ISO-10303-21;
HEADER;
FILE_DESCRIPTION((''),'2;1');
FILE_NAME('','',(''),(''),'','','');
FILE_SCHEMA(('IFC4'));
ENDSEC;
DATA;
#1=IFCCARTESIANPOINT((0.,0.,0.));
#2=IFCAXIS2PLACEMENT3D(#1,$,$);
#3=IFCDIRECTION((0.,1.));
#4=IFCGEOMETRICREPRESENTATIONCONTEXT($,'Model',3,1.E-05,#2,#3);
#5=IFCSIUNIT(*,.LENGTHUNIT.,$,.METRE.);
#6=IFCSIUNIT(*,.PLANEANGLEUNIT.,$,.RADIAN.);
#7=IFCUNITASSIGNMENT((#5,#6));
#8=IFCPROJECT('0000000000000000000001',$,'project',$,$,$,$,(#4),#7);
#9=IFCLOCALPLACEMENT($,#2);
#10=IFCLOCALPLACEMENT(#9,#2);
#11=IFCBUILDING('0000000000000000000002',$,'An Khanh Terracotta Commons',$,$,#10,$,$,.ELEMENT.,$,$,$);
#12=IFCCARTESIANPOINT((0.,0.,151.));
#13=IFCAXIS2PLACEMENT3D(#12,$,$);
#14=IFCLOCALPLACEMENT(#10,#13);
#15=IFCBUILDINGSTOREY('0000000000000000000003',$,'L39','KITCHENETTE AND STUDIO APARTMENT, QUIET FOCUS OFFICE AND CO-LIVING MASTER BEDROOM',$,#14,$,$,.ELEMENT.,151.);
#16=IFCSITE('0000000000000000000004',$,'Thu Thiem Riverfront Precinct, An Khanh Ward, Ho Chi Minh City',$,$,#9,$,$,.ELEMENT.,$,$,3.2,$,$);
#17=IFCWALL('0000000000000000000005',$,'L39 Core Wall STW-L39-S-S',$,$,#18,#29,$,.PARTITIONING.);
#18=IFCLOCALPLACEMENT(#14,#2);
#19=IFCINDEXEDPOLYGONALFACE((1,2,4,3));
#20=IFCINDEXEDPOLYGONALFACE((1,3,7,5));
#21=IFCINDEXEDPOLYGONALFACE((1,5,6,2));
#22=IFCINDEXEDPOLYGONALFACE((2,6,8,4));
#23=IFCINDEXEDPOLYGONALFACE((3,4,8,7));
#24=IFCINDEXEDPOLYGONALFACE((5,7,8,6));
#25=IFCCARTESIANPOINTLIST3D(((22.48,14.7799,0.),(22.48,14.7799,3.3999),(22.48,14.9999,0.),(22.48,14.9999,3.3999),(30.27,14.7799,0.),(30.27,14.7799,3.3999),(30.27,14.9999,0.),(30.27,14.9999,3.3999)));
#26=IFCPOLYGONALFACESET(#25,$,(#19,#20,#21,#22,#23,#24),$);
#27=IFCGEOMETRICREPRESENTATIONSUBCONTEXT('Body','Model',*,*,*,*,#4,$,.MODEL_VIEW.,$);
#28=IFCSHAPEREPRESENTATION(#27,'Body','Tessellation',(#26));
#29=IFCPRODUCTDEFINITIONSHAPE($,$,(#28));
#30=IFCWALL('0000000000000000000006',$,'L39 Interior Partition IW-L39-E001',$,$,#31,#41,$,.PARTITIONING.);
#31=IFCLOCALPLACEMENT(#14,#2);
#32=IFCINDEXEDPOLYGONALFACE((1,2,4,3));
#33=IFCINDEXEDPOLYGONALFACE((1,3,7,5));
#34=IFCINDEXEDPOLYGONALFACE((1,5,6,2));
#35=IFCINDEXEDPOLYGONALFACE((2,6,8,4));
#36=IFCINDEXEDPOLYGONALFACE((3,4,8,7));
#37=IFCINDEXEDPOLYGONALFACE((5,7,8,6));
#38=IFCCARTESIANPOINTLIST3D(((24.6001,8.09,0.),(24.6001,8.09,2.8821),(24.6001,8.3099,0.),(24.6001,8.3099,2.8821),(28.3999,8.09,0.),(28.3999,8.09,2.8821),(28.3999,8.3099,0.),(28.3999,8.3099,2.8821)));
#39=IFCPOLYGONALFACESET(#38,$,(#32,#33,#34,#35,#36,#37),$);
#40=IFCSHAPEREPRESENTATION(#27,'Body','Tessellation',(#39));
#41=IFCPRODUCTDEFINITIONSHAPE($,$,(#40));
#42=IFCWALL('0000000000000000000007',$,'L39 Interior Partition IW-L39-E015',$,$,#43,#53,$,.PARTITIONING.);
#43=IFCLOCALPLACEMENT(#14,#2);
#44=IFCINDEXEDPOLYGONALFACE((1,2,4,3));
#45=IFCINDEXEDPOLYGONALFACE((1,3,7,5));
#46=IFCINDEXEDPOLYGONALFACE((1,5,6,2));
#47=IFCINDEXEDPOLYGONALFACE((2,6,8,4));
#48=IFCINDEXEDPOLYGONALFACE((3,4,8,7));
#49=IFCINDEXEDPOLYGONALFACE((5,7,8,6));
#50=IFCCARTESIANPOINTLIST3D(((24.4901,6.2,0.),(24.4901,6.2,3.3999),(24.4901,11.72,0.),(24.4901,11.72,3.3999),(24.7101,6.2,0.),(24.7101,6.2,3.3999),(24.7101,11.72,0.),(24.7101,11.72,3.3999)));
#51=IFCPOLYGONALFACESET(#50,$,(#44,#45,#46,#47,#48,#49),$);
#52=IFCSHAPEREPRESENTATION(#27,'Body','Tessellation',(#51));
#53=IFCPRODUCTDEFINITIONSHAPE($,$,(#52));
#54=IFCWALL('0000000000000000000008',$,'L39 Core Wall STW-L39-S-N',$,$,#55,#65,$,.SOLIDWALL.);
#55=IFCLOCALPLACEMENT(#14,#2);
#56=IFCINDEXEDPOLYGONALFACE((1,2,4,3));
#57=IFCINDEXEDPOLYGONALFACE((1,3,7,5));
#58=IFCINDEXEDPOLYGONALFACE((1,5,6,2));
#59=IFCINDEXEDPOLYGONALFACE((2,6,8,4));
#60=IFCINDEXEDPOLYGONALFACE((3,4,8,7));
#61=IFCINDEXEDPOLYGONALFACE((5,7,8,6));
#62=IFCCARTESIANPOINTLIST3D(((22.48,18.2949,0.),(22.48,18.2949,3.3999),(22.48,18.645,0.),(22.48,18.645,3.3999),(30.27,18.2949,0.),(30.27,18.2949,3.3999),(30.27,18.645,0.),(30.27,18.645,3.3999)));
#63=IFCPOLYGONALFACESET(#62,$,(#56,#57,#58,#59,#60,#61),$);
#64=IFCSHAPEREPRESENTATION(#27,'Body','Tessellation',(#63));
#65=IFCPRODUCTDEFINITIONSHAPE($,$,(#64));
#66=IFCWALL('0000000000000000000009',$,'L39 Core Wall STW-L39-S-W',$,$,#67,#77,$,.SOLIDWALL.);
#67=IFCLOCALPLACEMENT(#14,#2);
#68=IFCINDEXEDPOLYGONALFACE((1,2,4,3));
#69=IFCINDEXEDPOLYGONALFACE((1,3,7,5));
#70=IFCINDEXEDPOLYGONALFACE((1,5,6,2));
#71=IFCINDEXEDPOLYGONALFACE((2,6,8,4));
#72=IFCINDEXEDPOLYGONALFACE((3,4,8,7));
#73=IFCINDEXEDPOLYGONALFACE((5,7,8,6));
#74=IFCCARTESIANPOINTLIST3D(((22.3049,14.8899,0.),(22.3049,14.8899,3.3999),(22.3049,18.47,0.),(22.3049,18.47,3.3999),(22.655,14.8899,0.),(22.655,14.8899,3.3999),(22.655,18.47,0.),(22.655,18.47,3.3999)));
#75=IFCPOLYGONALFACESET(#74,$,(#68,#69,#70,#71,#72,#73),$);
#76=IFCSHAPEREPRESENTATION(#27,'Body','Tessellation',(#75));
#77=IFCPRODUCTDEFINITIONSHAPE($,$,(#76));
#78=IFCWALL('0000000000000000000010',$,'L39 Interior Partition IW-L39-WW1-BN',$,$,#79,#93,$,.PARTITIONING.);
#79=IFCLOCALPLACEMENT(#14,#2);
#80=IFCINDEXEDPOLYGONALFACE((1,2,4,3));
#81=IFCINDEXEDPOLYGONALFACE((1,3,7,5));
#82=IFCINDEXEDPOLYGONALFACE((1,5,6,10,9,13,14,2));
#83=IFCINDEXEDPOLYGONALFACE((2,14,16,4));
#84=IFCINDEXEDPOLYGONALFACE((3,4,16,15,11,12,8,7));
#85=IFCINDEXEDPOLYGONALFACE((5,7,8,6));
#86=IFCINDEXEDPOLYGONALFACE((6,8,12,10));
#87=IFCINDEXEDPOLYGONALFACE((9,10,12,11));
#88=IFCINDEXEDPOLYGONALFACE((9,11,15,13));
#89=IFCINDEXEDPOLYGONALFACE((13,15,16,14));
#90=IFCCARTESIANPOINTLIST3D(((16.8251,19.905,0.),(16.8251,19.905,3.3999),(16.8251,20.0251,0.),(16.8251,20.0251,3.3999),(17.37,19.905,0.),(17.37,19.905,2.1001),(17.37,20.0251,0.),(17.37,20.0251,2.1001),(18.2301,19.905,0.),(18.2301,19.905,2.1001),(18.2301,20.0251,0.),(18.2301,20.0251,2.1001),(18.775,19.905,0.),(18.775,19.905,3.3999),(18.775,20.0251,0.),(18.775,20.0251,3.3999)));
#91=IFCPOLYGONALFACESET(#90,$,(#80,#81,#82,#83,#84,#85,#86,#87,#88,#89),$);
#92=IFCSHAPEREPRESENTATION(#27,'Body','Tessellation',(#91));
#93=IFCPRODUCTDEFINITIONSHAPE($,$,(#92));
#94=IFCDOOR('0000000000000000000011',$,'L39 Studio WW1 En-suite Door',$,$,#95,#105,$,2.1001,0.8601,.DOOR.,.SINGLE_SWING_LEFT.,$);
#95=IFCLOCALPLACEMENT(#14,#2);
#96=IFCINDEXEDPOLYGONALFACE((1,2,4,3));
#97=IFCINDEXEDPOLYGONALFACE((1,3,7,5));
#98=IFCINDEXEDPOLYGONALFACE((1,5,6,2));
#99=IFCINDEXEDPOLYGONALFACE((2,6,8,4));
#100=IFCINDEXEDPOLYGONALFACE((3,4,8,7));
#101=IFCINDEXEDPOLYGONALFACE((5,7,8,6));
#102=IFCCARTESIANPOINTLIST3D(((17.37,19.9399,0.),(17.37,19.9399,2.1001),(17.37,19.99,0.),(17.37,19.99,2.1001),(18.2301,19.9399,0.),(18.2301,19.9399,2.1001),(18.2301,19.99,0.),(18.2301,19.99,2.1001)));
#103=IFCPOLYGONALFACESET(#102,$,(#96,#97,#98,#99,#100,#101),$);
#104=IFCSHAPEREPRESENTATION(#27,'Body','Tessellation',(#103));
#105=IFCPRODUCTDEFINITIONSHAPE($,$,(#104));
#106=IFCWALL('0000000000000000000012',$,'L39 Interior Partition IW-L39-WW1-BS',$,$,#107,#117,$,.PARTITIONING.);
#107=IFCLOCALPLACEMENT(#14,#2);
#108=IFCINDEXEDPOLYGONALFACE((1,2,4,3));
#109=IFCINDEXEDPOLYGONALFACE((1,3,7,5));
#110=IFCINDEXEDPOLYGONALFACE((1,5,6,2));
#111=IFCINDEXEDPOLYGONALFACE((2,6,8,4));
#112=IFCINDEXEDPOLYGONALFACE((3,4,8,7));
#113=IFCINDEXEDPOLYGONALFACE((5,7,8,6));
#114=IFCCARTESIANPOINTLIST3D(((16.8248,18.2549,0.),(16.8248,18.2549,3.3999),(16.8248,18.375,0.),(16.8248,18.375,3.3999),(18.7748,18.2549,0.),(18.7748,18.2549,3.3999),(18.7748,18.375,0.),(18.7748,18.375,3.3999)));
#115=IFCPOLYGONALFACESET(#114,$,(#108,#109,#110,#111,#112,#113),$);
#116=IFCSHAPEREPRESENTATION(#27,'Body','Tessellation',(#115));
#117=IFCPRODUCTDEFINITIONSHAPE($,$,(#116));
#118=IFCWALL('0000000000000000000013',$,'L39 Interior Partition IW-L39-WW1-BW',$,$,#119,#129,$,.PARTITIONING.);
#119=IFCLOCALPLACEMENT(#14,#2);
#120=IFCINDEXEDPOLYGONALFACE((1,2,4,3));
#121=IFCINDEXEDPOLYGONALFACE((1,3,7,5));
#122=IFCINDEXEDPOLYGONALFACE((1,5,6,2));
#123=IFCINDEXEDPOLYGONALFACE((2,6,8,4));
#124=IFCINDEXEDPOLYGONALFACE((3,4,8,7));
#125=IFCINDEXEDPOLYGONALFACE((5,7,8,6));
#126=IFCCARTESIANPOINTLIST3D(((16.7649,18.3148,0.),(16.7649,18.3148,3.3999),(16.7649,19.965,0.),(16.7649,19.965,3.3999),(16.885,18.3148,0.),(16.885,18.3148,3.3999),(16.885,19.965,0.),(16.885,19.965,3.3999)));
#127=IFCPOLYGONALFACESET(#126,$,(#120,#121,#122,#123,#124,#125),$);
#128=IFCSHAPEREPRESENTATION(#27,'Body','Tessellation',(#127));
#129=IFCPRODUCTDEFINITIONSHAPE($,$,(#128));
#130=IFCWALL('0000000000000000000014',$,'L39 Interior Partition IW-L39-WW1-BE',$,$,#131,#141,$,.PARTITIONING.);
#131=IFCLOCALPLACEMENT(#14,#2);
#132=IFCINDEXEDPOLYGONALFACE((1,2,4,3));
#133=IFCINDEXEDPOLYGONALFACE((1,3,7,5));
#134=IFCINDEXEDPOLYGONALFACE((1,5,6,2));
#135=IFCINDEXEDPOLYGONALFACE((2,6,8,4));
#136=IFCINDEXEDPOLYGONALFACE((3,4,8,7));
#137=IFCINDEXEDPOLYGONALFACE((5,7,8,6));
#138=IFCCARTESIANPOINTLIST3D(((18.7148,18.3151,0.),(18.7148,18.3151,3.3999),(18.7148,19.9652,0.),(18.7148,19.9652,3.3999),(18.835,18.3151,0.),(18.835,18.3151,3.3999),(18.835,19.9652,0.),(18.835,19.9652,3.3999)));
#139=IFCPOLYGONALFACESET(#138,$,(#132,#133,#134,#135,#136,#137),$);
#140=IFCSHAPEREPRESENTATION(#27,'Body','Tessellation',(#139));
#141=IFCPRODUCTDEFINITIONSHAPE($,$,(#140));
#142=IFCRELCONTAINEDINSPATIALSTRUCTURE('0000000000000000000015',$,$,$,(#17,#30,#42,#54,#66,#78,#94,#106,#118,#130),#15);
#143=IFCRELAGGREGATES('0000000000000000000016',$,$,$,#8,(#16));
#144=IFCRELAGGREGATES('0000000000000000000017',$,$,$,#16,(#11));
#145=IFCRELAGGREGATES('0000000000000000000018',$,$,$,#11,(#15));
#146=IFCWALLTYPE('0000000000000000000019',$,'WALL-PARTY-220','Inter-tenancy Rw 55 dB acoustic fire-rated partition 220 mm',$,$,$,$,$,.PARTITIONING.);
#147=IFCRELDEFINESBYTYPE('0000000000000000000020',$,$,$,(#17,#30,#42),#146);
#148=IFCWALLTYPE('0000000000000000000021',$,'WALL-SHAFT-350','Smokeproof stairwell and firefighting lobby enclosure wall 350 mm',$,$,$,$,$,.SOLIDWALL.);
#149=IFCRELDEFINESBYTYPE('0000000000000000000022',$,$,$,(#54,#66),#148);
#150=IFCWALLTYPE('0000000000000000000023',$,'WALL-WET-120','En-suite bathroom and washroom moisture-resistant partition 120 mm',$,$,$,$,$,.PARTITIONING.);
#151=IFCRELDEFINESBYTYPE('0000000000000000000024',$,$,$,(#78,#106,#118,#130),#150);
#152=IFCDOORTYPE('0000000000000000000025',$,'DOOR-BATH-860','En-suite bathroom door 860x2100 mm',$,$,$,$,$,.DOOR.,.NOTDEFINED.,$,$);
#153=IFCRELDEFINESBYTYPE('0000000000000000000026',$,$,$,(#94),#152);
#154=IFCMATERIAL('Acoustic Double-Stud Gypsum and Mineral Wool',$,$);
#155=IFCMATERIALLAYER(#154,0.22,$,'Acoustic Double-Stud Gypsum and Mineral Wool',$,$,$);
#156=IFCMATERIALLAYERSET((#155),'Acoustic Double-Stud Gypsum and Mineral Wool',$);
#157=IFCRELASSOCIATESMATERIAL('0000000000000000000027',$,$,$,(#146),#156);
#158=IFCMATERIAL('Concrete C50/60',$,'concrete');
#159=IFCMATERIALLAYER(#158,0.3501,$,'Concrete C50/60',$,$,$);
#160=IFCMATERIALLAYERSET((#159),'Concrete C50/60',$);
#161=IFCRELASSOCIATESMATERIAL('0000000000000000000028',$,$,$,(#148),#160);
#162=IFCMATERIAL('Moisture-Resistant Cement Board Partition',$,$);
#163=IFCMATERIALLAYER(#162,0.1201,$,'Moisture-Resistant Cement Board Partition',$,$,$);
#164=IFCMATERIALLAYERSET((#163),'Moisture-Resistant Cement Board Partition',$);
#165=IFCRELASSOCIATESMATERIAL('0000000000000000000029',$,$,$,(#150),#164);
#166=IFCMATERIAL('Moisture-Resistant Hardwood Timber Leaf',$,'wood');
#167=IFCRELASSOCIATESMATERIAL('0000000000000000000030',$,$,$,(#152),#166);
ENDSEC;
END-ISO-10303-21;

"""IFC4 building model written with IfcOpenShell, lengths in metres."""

from ifc_helpers import new_model, si_unit, direction, frame, frame_2d, origin, place, context, subcontext, project, spatial, rectangle, extrude, material, layer, layer_set, type_object, element, fill, save


model = new_model("IFC4")

# Units and contexts
model_context = context("Model", 3, precision=1e-05, world=origin(), true_north=direction((0.0, 1.0)))
body_context = subcontext(model_context, "Body", "Model", "MODEL_VIEW")
ifc_project = project(units=[si_unit("LENGTHUNIT", "METRE"), si_unit("PLANEANGLEUNIT", "RADIAN")], contexts=[model_context])

# Site, building, storey
site_placement = place(None, origin())
site = spatial("IfcSite", under=ifc_project, at=site_placement, Name="Thu Thiem Riverfront Precinct, An Khanh Ward, Ho Chi Minh City", CompositionType="ELEMENT", RefElevation=3.2)
building_placement = place(site_placement, origin())
building = spatial("IfcBuilding", under=site, at=building_placement, Name="An Khanh Terracotta Commons", CompositionType="ELEMENT")
storey_placement = place(building_placement, frame((0.0, 0.0, 151.0)))
storey = spatial("IfcBuildingStorey", under=building, at=storey_placement, Name="L39", Description="KITCHENETTE AND STUDIO APARTMENT, QUIET FOCUS OFFICE AND CO-LIVING MASTER BEDROOM", CompositionType="ELEMENT", Elevation=151.0)

# Walls
ifc_material_1 = material(Name="Acoustic Double-Stud Gypsum and Mineral Wool")
ifc_layer_1 = layer(ifc_material_1, 0.22, Name="Acoustic Double-Stud Gypsum and Mineral Wool")
ifc_layer_set_1 = layer_set([ifc_layer_1], Name="Acoustic Double-Stud Gypsum and Mineral Wool")
wall_type_1 = type_object("IfcWallType", Name="WALL-PARTY-220", Description="Inter-tenancy Rw 55 dB acoustic fire-rated partition 220 mm", PredefinedType="PARTITIONING", material=ifc_layer_set_1)
wall_1_placement = place(storey_placement, frame((22.48, 14.8899, 0.0), z_axis=(0.0, 0.0, 1.0), x_axis=(1.0, 0.0, 0.0)))
element("IfcWall", 1, at=wall_1_placement, inside=storey, type_object=wall_type_1, Name="L39 Core Wall STW-L39-S-S", PredefinedType="PARTITIONING", context=body_context, shape_type="SweptSolid", body=[
    extrude(rectangle(XDim=7.79, YDim=0.22, at=frame_2d((3.895, 0.0))), origin(), (0.0, 0.0, 1.0), 3.3999),
])
wall_2_placement = place(storey_placement, frame((24.6001, 8.2, 0.0), z_axis=(0.0, 0.0, 1.0), x_axis=(1.0, 0.0, 0.0)))
element("IfcWall", 2, at=wall_2_placement, inside=storey, type_object=wall_type_1, Name="L39 Interior Partition IW-L39-E001", PredefinedType="PARTITIONING", context=body_context, shape_type="SweptSolid", body=[
    extrude(rectangle(XDim=3.7998, YDim=0.22, at=frame_2d((1.8999, 0.0))), origin(), (0.0, 0.0, 1.0), 2.8821),
])
wall_3_placement = place(storey_placement, frame((24.6001, 6.2, 0.0), z_axis=(0.0, 0.0, 1.0), x_axis=(0.0, 1.0, 0.0)))
element("IfcWall", 3, at=wall_3_placement, inside=storey, type_object=wall_type_1, Name="L39 Interior Partition IW-L39-E015", PredefinedType="PARTITIONING", context=body_context, shape_type="SweptSolid", body=[
    extrude(rectangle(XDim=5.52, YDim=0.22, at=frame_2d((2.76, 0.0))), origin(), (0.0, 0.0, 1.0), 3.3999),
])
ifc_material_2 = material(Name="Concrete C50/60", Category="concrete")
ifc_layer_2 = layer(ifc_material_2, 0.3501, Name="Concrete C50/60")
ifc_layer_set_2 = layer_set([ifc_layer_2], Name="Concrete C50/60")
wall_type_2 = type_object("IfcWallType", Name="WALL-SHAFT-350", Description="Smokeproof stairwell and firefighting lobby enclosure wall 350 mm", PredefinedType="SOLIDWALL", material=ifc_layer_set_2)
wall_4_placement = place(storey_placement, frame((22.48, 18.47, 0.0), z_axis=(0.0, 0.0, 1.0), x_axis=(1.0, 0.0, 0.0)))
element("IfcWall", 4, at=wall_4_placement, inside=storey, type_object=wall_type_2, Name="L39 Core Wall STW-L39-S-N", PredefinedType="SOLIDWALL", context=body_context, shape_type="SweptSolid", body=[
    extrude(rectangle(XDim=7.79, YDim=0.3501, at=frame_2d((3.895, 0.0))), origin(), (0.0, 0.0, 1.0), 3.3999),
])
wall_5_placement = place(storey_placement, frame((22.48, 14.8899, 0.0), z_axis=(0.0, 0.0, 1.0), x_axis=(0.0, 1.0, 0.0)))
element("IfcWall", 5, at=wall_5_placement, inside=storey, type_object=wall_type_2, Name="L39 Core Wall STW-L39-S-W", PredefinedType="SOLIDWALL", context=body_context, shape_type="SweptSolid", body=[
    extrude(rectangle(XDim=3.5801, YDim=0.3501, at=frame_2d((1.79, 0.0))), origin(), (0.0, 0.0, 1.0), 3.3999),
])

# Wall, opening, door
ifc_material_3 = material(Name="Moisture-Resistant Cement Board Partition")
ifc_layer_3 = layer(ifc_material_3, 0.1201, Name="Moisture-Resistant Cement Board Partition")
ifc_layer_set_3 = layer_set([ifc_layer_3], Name="Moisture-Resistant Cement Board Partition")
wall_type_3 = type_object("IfcWallType", Name="WALL-WET-120", Description="En-suite bathroom and washroom moisture-resistant partition 120 mm", PredefinedType="PARTITIONING", material=ifc_layer_set_3)
wall_6_placement = place(storey_placement, frame((16.825, 19.9651, 0.0), z_axis=(0.0, 0.0, 1.0), x_axis=(1.0, 0.0, 0.0)))
wall_6 = element("IfcWall", 6, at=wall_6_placement, inside=storey, type_object=wall_type_3, Name="L39 Interior Partition IW-L39-WW1-BN", PredefinedType="PARTITIONING", context=body_context, shape_type="SweptSolid", body=[
    extrude(rectangle(XDim=1.95, YDim=0.1201, at=frame_2d((0.9751, 0.0))), origin(), (0.0, 0.0, 1.0), 3.3999),
])
opening_1_placement = place(wall_6_placement, frame((0.5449, 0.0, 0.0)))
opening_1 = element("IfcOpeningElement", 7, at=opening_1_placement, cuts=wall_6, PredefinedType="OPENING", context=body_context, shape_type="SweptSolid", body=[
    extrude(rectangle(XDim=0.8601, YDim=2.1001, at=frame_2d((0.4302, 1.05))), frame((0.0, 0.0701, 0.0), z_axis=(0.0, -1.0, 0.0), x_axis=(1.0, 0.0, 0.0)), (0.0, 0.0, 1.0), 0.1401),
])
ifc_material_4 = material(Name="Moisture-Resistant Hardwood Timber Leaf", Category="wood")
door_type_1 = type_object("IfcDoorType", Name="DOOR-BATH-860", Description="En-suite bathroom door 860x2100 mm", OperationType="NOTDEFINED", PredefinedType="DOOR", material=ifc_material_4)
door_1_placement = place(opening_1_placement, origin())
door_1 = element("IfcDoor", 8, at=door_1_placement, inside=storey, type_object=door_type_1, Name="L39 Studio WW1 En-suite Door", OperationType="SINGLE_SWING_LEFT", OverallHeight=2.1001, OverallWidth=0.8601, PredefinedType="DOOR", context=body_context, shape_type="SweptSolid", body=[
    extrude(rectangle(XDim=0.8601, YDim=2.1001, at=frame_2d((0.4302, 1.05))), frame((0.0, 0.0249, 0.0), z_axis=(0.0, -1.0, 0.0), x_axis=(1.0, 0.0, 0.0)), (0.0, 0.0, 1.0), 0.05),
])
fill(opening_1, door_1)

# Walls
wall_7_placement = place(storey_placement, frame((18.7749, 18.3149, 0.0), z_axis=(0.0, 0.0, 1.0), x_axis=(-1.0, 0.0, 0.0)))
element("IfcWall", 9, at=wall_7_placement, inside=storey, type_object=wall_type_3, Name="L39 Interior Partition IW-L39-WW1-BS", PredefinedType="PARTITIONING", context=body_context, shape_type="SweptSolid", body=[
    extrude(rectangle(XDim=1.95, YDim=0.1201, at=frame_2d((0.9751, 0.0))), origin(), (0.0, 0.0, 1.0), 3.3999),
])
for number, where, z_axis, x_axis, name in (
    (10, (16.825, 19.9651, 0.0), (0.0, 0.0, 1.0), (0.0, -1.0, 0.0), "L39 Interior Partition IW-L39-WW1-BW"),
    (11, (18.7749, 18.3149, 0.0), (0.0, 0.0, 1.0), (0.0, 1.0, 0.0), "L39 Interior Partition IW-L39-WW1-BE"),
):
    element("IfcWall", number, at=place(storey_placement, frame(where, z_axis=z_axis, x_axis=x_axis)), inside=storey, type_object=wall_type_3, Name=name, PredefinedType="PARTITIONING", context=body_context, shape_type="SweptSolid", body=[
        extrude(rectangle(XDim=1.6501, YDim=0.1201, at=frame_2d((0.8252, 0.0))), origin(), (0.0, 0.0, 1.0), 3.3999),
    ])

save(model, "model.ifc")
